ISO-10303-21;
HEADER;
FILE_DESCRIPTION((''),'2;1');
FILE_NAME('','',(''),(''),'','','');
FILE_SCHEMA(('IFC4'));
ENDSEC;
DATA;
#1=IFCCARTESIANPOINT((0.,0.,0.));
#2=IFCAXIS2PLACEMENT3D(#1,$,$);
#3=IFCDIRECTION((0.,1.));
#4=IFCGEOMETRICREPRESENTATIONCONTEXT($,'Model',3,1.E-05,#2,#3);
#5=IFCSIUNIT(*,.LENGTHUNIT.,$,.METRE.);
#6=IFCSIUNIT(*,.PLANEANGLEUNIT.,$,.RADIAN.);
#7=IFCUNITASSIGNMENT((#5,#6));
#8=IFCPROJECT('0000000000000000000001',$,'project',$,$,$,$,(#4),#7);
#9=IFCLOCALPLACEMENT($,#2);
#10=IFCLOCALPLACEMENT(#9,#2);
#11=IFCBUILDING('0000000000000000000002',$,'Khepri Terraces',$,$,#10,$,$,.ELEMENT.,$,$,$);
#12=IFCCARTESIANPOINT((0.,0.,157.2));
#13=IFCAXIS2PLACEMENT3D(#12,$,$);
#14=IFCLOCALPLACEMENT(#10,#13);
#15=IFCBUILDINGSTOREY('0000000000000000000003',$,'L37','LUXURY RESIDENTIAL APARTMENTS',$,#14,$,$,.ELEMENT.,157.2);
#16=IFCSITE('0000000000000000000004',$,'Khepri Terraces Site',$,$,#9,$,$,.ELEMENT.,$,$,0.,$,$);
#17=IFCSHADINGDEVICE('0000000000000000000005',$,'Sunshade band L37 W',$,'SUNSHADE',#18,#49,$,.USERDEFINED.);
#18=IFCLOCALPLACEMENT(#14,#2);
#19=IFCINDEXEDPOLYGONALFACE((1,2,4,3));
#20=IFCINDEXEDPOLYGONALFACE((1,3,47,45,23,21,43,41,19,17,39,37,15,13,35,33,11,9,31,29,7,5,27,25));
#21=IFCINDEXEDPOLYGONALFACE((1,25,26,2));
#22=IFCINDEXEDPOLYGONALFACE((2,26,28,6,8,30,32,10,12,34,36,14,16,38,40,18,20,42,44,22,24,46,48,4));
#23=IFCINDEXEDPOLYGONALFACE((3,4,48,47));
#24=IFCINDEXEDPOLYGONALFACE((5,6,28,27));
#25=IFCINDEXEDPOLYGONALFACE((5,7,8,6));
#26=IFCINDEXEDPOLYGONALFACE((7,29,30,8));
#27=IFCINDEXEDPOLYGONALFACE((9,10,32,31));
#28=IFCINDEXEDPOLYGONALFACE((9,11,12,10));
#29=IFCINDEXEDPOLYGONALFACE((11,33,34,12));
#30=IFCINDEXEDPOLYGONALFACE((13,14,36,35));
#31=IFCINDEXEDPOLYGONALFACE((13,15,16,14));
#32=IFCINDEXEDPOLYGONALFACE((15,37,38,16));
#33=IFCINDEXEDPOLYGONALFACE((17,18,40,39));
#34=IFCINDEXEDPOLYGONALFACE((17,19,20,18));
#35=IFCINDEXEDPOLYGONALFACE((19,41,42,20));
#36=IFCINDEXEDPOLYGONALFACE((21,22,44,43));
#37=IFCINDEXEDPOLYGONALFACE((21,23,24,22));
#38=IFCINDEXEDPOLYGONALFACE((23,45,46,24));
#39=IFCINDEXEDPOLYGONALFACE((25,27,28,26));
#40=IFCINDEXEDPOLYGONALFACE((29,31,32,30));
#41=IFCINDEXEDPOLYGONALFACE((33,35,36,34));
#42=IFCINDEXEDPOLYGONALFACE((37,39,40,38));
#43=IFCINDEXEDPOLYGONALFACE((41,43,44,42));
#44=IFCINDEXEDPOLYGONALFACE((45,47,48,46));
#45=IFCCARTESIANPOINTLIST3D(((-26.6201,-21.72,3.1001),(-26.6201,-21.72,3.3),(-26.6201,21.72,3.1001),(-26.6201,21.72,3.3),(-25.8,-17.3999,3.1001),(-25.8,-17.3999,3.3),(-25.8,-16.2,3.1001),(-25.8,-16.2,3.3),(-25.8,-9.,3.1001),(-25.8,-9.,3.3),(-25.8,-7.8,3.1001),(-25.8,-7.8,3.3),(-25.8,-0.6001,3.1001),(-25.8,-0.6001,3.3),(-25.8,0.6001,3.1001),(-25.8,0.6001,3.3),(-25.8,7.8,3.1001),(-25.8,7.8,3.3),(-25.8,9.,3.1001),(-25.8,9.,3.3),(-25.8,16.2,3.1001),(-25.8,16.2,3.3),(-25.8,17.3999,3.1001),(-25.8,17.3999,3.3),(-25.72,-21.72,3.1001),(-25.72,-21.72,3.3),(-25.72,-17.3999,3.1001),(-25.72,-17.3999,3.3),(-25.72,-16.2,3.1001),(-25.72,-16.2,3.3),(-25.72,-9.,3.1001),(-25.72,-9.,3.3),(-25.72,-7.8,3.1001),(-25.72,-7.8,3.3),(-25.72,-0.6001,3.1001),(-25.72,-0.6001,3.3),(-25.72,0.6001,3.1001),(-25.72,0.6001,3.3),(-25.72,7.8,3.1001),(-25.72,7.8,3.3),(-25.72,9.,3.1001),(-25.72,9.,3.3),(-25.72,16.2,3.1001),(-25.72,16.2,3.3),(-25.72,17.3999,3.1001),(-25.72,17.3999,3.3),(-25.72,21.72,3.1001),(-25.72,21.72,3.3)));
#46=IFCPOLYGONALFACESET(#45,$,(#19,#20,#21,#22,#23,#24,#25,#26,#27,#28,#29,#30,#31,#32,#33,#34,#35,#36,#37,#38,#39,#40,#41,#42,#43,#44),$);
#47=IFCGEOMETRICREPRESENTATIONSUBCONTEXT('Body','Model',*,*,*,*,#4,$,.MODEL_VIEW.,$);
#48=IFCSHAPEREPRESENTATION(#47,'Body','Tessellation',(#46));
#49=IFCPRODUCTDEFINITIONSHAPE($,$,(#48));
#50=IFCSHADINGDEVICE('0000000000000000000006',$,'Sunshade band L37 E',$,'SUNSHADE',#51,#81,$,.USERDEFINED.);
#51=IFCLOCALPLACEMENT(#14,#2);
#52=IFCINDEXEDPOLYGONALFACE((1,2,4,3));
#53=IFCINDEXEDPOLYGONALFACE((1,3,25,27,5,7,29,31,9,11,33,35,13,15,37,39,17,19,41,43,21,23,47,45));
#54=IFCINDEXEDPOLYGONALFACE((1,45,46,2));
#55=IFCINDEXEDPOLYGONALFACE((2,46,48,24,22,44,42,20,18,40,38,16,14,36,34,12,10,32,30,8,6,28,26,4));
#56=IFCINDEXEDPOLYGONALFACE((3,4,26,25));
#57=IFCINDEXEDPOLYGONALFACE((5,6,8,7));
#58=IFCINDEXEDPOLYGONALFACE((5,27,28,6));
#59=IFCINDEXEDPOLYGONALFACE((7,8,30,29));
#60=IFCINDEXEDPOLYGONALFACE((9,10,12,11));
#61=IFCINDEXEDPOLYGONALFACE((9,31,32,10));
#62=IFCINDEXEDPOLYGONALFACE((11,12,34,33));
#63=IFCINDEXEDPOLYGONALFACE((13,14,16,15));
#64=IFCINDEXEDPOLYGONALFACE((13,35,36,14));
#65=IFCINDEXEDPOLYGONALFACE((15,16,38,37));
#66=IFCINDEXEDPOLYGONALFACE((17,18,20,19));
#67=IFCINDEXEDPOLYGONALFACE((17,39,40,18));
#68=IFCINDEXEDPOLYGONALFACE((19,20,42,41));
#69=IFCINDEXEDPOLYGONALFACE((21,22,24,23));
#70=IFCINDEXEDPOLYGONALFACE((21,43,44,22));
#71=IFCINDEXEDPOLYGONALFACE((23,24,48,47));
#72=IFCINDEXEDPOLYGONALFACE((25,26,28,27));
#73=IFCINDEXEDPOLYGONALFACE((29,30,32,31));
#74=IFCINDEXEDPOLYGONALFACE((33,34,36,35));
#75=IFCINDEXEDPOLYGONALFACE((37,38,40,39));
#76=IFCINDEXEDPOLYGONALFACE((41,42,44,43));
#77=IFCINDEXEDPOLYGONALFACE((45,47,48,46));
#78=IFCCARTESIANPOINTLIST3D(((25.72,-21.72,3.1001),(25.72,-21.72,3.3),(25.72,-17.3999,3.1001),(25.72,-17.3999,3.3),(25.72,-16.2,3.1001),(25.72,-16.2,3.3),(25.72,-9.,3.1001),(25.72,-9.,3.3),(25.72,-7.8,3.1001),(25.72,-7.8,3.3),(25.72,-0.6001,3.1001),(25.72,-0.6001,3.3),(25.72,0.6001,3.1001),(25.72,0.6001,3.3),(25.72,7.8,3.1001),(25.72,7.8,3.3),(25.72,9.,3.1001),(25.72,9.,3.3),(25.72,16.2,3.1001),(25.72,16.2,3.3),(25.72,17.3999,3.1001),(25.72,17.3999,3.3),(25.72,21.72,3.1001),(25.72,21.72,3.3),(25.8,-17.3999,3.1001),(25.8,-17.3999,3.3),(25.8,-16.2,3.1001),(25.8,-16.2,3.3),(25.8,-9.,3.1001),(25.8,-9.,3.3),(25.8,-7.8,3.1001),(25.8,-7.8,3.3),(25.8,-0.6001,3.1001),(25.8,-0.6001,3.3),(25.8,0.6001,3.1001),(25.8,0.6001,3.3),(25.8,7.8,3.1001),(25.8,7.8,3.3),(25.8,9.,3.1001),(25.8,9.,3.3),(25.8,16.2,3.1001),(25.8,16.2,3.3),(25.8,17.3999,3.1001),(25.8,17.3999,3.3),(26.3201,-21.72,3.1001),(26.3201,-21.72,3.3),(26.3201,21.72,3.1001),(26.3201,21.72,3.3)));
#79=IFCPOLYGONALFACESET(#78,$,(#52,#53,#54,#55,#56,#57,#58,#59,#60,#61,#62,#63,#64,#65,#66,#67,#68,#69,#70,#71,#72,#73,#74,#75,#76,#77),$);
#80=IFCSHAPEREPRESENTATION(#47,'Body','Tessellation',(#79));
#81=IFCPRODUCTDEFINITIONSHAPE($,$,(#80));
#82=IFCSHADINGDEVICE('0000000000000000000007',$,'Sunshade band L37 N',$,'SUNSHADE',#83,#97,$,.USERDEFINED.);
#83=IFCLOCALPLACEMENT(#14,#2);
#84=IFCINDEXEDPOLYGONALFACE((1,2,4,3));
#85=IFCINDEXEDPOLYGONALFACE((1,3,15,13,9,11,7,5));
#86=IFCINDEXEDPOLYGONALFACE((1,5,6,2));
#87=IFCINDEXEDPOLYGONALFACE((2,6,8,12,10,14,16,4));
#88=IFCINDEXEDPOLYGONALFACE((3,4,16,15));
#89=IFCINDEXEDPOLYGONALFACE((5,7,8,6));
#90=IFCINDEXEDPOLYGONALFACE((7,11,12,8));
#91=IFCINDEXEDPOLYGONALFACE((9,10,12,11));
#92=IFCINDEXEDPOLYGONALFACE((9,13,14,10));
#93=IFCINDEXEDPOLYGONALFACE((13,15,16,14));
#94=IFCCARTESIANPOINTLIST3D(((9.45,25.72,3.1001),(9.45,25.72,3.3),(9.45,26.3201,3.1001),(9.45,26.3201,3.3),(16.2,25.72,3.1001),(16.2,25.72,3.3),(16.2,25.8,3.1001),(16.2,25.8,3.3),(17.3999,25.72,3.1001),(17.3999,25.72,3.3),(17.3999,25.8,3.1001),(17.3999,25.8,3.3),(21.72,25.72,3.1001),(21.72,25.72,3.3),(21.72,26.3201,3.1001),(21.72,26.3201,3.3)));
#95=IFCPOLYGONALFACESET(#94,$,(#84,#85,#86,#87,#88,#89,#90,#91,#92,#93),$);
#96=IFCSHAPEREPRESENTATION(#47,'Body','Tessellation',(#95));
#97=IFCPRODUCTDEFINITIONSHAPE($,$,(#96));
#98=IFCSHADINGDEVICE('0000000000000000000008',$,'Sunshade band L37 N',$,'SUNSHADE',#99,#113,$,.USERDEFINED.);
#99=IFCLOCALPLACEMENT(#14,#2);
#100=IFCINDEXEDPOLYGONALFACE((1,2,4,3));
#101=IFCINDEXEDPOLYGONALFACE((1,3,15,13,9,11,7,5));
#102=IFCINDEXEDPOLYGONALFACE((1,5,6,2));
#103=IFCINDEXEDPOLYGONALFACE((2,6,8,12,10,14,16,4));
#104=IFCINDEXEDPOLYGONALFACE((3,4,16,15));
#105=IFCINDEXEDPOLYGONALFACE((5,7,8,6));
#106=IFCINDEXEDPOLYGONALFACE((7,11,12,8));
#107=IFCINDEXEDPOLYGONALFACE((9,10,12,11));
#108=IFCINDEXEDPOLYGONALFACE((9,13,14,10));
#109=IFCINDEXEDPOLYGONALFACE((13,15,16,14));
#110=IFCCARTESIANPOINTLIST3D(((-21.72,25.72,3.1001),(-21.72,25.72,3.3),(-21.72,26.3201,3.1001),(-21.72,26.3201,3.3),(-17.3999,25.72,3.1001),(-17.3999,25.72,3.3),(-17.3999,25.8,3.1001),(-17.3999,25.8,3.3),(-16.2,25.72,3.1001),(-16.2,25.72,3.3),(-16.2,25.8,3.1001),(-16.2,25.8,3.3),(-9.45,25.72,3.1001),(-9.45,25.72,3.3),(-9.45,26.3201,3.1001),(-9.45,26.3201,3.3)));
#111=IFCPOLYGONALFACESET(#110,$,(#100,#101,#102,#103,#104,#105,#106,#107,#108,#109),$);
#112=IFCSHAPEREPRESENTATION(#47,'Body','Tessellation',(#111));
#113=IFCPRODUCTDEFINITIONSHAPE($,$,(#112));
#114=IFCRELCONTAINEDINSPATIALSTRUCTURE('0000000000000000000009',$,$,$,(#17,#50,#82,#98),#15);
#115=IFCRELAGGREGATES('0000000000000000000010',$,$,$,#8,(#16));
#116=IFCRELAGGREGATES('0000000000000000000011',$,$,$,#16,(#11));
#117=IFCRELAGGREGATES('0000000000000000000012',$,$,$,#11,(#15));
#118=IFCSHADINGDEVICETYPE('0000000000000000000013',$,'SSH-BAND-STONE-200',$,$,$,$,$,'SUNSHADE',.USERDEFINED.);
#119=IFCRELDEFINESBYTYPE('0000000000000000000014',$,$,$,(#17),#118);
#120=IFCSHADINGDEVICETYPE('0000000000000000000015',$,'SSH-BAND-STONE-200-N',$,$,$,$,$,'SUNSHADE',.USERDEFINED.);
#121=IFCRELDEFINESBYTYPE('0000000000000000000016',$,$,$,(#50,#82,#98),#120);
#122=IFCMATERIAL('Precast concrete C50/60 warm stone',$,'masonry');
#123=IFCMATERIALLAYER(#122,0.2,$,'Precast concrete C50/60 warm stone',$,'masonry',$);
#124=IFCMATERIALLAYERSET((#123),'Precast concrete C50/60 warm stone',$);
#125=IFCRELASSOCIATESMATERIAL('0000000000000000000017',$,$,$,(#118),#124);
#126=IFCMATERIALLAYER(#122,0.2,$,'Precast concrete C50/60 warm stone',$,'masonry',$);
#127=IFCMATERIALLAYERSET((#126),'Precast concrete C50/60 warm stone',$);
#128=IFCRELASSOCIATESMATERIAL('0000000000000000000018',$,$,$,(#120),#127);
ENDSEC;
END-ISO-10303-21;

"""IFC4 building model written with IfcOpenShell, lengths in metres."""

from ifc_helpers import new_model, si_unit, direction, frame, origin, place, context, subcontext, project, spatial, polyline, outline, extrude, material, layer, layer_set, type_object, element, save


model = new_model("IFC4")

# Units and contexts
model_context = context("Model", 3, precision=1e-05, world=origin(), true_north=direction((0.0, 1.0)))
body_context = subcontext(model_context, "Body", "Model", "MODEL_VIEW")
ifc_project = project(units=[si_unit("LENGTHUNIT", "METRE"), si_unit("PLANEANGLEUNIT", "RADIAN")], contexts=[model_context])

# Site, building, storey
site_placement = place(None, origin())
site = spatial("IfcSite", under=ifc_project, at=site_placement, Name="Khepri Terraces Site", CompositionType="ELEMENT", RefElevation=0.0)
building_placement = place(site_placement, origin())
building = spatial("IfcBuilding", under=site, at=building_placement, Name="Khepri Terraces", CompositionType="ELEMENT")
storey_placement = place(building_placement, frame((0.0, 0.0, 157.2)))
storey = spatial("IfcBuildingStorey", under=building, at=storey_placement, Name="L37", Description="LUXURY RESIDENTIAL APARTMENTS", CompositionType="ELEMENT", Elevation=157.2)

# Shared definitions
ifc_material_1 = material(Name="Precast concrete C50/60 warm stone", Category="masonry")

# Shading devices
ifc_layer_1 = layer(ifc_material_1, 0.2, Name="Precast concrete C50/60 warm stone", Category="masonry")
ifc_layer_set_1 = layer_set([ifc_layer_1], Name="Precast concrete C50/60 warm stone")
shading_device_type_1 = type_object("IfcShadingDeviceType", Name="SSH-BAND-STONE-200", ElementType="SUNSHADE", PredefinedType="USERDEFINED", material=ifc_layer_set_1)
shading_device_1_placement = place(storey_placement, frame((0.0, 0.0, 3.1001)))
element("IfcShadingDevice", 1, at=shading_device_1_placement, inside=storey, type_object=shading_device_type_1, Name="Sunshade band L37 W", ObjectType="SUNSHADE", PredefinedType="USERDEFINED", context=body_context, shape_type="SweptSolid", body=[
    extrude(outline(polyline([(-25.72, 17.3999), (-25.72, 21.72), (-26.6201, 21.72), (-26.6201, -21.72), (-25.72, -21.72), (-25.72, -17.3999), (-25.8, -17.3999), (-25.8, -16.2), (-25.72, -16.2), (-25.72, -9.0), (-25.8, -9.0), (-25.8, -7.8), (-25.72, -7.8), (-25.72, -0.6001), (-25.8, -0.6001), (-25.8, 0.6001), (-25.72, 0.6001), (-25.72, 7.8), (-25.8, 7.8), (-25.8, 9.0), (-25.72, 9.0), (-25.72, 16.2), (-25.8, 16.2), (-25.8, 17.3999), (-25.72, 17.3999)])), origin(), (0.0, 0.0, 1.0), 0.2),
])
ifc_layer_2 = layer(ifc_material_1, 0.2, Name="Precast concrete C50/60 warm stone", Category="masonry")
ifc_layer_set_2 = layer_set([ifc_layer_2], Name="Precast concrete C50/60 warm stone")
shading_device_type_2 = type_object("IfcShadingDeviceType", Name="SSH-BAND-STONE-200-N", ElementType="SUNSHADE", PredefinedType="USERDEFINED", material=ifc_layer_set_2)
shading_device_2_placement = place(storey_placement, frame((0.0, 0.0, 3.1001)))
element("IfcShadingDevice", 2, at=shading_device_2_placement, inside=storey, type_object=shading_device_type_2, Name="Sunshade band L37 E", ObjectType="SUNSHADE", PredefinedType="USERDEFINED", context=body_context, shape_type="SweptSolid", body=[
    extrude(outline(polyline([(25.72, -17.3999), (25.72, -21.72), (26.3201, -21.72), (26.3201, 21.72), (25.72, 21.72), (25.72, 17.3999), (25.8, 17.3999), (25.8, 16.2), (25.72, 16.2), (25.72, 9.0), (25.8, 9.0), (25.8, 7.8), (25.72, 7.8), (25.72, 0.6001), (25.8, 0.6001), (25.8, -0.6001), (25.72, -0.6001), (25.72, -7.8), (25.8, -7.8), (25.8, -9.0), (25.72, -9.0), (25.72, -16.2), (25.8, -16.2), (25.8, -17.3999), (25.72, -17.3999)])), origin(), (0.0, 0.0, 1.0), 0.2),
])
shading_device_3_placement = place(storey_placement, frame((0.0, 0.0, 3.1001)))
element("IfcShadingDevice", 3, at=shading_device_3_placement, inside=storey, type_object=shading_device_type_2, Name="Sunshade band L37 N", ObjectType="SUNSHADE", PredefinedType="USERDEFINED", context=body_context, shape_type="SweptSolid", body=[
    extrude(outline(polyline([(17.3999, 25.72), (21.72, 25.72), (21.72, 26.3201), (9.45, 26.3201), (9.45, 25.72), (16.2, 25.72), (16.2, 25.8), (17.3999, 25.8), (17.3999, 25.72)])), origin(), (0.0, 0.0, 1.0), 0.2),
])
shading_device_4_placement = place(storey_placement, frame((0.0, 0.0, 3.1001)))
element("IfcShadingDevice", 4, at=shading_device_4_placement, inside=storey, type_object=shading_device_type_2, Name="Sunshade band L37 N", ObjectType="SUNSHADE", PredefinedType="USERDEFINED", context=body_context, shape_type="SweptSolid", body=[
    extrude(outline(polyline([(-16.2, 25.72), (-9.45, 25.72), (-9.45, 26.3201), (-21.72, 26.3201), (-21.72, 25.72), (-17.3999, 25.72), (-17.3999, 25.8), (-16.2, 25.8), (-16.2, 25.72)])), origin(), (0.0, 0.0, 1.0), 0.2),
])

save(model, "model.ifc")
